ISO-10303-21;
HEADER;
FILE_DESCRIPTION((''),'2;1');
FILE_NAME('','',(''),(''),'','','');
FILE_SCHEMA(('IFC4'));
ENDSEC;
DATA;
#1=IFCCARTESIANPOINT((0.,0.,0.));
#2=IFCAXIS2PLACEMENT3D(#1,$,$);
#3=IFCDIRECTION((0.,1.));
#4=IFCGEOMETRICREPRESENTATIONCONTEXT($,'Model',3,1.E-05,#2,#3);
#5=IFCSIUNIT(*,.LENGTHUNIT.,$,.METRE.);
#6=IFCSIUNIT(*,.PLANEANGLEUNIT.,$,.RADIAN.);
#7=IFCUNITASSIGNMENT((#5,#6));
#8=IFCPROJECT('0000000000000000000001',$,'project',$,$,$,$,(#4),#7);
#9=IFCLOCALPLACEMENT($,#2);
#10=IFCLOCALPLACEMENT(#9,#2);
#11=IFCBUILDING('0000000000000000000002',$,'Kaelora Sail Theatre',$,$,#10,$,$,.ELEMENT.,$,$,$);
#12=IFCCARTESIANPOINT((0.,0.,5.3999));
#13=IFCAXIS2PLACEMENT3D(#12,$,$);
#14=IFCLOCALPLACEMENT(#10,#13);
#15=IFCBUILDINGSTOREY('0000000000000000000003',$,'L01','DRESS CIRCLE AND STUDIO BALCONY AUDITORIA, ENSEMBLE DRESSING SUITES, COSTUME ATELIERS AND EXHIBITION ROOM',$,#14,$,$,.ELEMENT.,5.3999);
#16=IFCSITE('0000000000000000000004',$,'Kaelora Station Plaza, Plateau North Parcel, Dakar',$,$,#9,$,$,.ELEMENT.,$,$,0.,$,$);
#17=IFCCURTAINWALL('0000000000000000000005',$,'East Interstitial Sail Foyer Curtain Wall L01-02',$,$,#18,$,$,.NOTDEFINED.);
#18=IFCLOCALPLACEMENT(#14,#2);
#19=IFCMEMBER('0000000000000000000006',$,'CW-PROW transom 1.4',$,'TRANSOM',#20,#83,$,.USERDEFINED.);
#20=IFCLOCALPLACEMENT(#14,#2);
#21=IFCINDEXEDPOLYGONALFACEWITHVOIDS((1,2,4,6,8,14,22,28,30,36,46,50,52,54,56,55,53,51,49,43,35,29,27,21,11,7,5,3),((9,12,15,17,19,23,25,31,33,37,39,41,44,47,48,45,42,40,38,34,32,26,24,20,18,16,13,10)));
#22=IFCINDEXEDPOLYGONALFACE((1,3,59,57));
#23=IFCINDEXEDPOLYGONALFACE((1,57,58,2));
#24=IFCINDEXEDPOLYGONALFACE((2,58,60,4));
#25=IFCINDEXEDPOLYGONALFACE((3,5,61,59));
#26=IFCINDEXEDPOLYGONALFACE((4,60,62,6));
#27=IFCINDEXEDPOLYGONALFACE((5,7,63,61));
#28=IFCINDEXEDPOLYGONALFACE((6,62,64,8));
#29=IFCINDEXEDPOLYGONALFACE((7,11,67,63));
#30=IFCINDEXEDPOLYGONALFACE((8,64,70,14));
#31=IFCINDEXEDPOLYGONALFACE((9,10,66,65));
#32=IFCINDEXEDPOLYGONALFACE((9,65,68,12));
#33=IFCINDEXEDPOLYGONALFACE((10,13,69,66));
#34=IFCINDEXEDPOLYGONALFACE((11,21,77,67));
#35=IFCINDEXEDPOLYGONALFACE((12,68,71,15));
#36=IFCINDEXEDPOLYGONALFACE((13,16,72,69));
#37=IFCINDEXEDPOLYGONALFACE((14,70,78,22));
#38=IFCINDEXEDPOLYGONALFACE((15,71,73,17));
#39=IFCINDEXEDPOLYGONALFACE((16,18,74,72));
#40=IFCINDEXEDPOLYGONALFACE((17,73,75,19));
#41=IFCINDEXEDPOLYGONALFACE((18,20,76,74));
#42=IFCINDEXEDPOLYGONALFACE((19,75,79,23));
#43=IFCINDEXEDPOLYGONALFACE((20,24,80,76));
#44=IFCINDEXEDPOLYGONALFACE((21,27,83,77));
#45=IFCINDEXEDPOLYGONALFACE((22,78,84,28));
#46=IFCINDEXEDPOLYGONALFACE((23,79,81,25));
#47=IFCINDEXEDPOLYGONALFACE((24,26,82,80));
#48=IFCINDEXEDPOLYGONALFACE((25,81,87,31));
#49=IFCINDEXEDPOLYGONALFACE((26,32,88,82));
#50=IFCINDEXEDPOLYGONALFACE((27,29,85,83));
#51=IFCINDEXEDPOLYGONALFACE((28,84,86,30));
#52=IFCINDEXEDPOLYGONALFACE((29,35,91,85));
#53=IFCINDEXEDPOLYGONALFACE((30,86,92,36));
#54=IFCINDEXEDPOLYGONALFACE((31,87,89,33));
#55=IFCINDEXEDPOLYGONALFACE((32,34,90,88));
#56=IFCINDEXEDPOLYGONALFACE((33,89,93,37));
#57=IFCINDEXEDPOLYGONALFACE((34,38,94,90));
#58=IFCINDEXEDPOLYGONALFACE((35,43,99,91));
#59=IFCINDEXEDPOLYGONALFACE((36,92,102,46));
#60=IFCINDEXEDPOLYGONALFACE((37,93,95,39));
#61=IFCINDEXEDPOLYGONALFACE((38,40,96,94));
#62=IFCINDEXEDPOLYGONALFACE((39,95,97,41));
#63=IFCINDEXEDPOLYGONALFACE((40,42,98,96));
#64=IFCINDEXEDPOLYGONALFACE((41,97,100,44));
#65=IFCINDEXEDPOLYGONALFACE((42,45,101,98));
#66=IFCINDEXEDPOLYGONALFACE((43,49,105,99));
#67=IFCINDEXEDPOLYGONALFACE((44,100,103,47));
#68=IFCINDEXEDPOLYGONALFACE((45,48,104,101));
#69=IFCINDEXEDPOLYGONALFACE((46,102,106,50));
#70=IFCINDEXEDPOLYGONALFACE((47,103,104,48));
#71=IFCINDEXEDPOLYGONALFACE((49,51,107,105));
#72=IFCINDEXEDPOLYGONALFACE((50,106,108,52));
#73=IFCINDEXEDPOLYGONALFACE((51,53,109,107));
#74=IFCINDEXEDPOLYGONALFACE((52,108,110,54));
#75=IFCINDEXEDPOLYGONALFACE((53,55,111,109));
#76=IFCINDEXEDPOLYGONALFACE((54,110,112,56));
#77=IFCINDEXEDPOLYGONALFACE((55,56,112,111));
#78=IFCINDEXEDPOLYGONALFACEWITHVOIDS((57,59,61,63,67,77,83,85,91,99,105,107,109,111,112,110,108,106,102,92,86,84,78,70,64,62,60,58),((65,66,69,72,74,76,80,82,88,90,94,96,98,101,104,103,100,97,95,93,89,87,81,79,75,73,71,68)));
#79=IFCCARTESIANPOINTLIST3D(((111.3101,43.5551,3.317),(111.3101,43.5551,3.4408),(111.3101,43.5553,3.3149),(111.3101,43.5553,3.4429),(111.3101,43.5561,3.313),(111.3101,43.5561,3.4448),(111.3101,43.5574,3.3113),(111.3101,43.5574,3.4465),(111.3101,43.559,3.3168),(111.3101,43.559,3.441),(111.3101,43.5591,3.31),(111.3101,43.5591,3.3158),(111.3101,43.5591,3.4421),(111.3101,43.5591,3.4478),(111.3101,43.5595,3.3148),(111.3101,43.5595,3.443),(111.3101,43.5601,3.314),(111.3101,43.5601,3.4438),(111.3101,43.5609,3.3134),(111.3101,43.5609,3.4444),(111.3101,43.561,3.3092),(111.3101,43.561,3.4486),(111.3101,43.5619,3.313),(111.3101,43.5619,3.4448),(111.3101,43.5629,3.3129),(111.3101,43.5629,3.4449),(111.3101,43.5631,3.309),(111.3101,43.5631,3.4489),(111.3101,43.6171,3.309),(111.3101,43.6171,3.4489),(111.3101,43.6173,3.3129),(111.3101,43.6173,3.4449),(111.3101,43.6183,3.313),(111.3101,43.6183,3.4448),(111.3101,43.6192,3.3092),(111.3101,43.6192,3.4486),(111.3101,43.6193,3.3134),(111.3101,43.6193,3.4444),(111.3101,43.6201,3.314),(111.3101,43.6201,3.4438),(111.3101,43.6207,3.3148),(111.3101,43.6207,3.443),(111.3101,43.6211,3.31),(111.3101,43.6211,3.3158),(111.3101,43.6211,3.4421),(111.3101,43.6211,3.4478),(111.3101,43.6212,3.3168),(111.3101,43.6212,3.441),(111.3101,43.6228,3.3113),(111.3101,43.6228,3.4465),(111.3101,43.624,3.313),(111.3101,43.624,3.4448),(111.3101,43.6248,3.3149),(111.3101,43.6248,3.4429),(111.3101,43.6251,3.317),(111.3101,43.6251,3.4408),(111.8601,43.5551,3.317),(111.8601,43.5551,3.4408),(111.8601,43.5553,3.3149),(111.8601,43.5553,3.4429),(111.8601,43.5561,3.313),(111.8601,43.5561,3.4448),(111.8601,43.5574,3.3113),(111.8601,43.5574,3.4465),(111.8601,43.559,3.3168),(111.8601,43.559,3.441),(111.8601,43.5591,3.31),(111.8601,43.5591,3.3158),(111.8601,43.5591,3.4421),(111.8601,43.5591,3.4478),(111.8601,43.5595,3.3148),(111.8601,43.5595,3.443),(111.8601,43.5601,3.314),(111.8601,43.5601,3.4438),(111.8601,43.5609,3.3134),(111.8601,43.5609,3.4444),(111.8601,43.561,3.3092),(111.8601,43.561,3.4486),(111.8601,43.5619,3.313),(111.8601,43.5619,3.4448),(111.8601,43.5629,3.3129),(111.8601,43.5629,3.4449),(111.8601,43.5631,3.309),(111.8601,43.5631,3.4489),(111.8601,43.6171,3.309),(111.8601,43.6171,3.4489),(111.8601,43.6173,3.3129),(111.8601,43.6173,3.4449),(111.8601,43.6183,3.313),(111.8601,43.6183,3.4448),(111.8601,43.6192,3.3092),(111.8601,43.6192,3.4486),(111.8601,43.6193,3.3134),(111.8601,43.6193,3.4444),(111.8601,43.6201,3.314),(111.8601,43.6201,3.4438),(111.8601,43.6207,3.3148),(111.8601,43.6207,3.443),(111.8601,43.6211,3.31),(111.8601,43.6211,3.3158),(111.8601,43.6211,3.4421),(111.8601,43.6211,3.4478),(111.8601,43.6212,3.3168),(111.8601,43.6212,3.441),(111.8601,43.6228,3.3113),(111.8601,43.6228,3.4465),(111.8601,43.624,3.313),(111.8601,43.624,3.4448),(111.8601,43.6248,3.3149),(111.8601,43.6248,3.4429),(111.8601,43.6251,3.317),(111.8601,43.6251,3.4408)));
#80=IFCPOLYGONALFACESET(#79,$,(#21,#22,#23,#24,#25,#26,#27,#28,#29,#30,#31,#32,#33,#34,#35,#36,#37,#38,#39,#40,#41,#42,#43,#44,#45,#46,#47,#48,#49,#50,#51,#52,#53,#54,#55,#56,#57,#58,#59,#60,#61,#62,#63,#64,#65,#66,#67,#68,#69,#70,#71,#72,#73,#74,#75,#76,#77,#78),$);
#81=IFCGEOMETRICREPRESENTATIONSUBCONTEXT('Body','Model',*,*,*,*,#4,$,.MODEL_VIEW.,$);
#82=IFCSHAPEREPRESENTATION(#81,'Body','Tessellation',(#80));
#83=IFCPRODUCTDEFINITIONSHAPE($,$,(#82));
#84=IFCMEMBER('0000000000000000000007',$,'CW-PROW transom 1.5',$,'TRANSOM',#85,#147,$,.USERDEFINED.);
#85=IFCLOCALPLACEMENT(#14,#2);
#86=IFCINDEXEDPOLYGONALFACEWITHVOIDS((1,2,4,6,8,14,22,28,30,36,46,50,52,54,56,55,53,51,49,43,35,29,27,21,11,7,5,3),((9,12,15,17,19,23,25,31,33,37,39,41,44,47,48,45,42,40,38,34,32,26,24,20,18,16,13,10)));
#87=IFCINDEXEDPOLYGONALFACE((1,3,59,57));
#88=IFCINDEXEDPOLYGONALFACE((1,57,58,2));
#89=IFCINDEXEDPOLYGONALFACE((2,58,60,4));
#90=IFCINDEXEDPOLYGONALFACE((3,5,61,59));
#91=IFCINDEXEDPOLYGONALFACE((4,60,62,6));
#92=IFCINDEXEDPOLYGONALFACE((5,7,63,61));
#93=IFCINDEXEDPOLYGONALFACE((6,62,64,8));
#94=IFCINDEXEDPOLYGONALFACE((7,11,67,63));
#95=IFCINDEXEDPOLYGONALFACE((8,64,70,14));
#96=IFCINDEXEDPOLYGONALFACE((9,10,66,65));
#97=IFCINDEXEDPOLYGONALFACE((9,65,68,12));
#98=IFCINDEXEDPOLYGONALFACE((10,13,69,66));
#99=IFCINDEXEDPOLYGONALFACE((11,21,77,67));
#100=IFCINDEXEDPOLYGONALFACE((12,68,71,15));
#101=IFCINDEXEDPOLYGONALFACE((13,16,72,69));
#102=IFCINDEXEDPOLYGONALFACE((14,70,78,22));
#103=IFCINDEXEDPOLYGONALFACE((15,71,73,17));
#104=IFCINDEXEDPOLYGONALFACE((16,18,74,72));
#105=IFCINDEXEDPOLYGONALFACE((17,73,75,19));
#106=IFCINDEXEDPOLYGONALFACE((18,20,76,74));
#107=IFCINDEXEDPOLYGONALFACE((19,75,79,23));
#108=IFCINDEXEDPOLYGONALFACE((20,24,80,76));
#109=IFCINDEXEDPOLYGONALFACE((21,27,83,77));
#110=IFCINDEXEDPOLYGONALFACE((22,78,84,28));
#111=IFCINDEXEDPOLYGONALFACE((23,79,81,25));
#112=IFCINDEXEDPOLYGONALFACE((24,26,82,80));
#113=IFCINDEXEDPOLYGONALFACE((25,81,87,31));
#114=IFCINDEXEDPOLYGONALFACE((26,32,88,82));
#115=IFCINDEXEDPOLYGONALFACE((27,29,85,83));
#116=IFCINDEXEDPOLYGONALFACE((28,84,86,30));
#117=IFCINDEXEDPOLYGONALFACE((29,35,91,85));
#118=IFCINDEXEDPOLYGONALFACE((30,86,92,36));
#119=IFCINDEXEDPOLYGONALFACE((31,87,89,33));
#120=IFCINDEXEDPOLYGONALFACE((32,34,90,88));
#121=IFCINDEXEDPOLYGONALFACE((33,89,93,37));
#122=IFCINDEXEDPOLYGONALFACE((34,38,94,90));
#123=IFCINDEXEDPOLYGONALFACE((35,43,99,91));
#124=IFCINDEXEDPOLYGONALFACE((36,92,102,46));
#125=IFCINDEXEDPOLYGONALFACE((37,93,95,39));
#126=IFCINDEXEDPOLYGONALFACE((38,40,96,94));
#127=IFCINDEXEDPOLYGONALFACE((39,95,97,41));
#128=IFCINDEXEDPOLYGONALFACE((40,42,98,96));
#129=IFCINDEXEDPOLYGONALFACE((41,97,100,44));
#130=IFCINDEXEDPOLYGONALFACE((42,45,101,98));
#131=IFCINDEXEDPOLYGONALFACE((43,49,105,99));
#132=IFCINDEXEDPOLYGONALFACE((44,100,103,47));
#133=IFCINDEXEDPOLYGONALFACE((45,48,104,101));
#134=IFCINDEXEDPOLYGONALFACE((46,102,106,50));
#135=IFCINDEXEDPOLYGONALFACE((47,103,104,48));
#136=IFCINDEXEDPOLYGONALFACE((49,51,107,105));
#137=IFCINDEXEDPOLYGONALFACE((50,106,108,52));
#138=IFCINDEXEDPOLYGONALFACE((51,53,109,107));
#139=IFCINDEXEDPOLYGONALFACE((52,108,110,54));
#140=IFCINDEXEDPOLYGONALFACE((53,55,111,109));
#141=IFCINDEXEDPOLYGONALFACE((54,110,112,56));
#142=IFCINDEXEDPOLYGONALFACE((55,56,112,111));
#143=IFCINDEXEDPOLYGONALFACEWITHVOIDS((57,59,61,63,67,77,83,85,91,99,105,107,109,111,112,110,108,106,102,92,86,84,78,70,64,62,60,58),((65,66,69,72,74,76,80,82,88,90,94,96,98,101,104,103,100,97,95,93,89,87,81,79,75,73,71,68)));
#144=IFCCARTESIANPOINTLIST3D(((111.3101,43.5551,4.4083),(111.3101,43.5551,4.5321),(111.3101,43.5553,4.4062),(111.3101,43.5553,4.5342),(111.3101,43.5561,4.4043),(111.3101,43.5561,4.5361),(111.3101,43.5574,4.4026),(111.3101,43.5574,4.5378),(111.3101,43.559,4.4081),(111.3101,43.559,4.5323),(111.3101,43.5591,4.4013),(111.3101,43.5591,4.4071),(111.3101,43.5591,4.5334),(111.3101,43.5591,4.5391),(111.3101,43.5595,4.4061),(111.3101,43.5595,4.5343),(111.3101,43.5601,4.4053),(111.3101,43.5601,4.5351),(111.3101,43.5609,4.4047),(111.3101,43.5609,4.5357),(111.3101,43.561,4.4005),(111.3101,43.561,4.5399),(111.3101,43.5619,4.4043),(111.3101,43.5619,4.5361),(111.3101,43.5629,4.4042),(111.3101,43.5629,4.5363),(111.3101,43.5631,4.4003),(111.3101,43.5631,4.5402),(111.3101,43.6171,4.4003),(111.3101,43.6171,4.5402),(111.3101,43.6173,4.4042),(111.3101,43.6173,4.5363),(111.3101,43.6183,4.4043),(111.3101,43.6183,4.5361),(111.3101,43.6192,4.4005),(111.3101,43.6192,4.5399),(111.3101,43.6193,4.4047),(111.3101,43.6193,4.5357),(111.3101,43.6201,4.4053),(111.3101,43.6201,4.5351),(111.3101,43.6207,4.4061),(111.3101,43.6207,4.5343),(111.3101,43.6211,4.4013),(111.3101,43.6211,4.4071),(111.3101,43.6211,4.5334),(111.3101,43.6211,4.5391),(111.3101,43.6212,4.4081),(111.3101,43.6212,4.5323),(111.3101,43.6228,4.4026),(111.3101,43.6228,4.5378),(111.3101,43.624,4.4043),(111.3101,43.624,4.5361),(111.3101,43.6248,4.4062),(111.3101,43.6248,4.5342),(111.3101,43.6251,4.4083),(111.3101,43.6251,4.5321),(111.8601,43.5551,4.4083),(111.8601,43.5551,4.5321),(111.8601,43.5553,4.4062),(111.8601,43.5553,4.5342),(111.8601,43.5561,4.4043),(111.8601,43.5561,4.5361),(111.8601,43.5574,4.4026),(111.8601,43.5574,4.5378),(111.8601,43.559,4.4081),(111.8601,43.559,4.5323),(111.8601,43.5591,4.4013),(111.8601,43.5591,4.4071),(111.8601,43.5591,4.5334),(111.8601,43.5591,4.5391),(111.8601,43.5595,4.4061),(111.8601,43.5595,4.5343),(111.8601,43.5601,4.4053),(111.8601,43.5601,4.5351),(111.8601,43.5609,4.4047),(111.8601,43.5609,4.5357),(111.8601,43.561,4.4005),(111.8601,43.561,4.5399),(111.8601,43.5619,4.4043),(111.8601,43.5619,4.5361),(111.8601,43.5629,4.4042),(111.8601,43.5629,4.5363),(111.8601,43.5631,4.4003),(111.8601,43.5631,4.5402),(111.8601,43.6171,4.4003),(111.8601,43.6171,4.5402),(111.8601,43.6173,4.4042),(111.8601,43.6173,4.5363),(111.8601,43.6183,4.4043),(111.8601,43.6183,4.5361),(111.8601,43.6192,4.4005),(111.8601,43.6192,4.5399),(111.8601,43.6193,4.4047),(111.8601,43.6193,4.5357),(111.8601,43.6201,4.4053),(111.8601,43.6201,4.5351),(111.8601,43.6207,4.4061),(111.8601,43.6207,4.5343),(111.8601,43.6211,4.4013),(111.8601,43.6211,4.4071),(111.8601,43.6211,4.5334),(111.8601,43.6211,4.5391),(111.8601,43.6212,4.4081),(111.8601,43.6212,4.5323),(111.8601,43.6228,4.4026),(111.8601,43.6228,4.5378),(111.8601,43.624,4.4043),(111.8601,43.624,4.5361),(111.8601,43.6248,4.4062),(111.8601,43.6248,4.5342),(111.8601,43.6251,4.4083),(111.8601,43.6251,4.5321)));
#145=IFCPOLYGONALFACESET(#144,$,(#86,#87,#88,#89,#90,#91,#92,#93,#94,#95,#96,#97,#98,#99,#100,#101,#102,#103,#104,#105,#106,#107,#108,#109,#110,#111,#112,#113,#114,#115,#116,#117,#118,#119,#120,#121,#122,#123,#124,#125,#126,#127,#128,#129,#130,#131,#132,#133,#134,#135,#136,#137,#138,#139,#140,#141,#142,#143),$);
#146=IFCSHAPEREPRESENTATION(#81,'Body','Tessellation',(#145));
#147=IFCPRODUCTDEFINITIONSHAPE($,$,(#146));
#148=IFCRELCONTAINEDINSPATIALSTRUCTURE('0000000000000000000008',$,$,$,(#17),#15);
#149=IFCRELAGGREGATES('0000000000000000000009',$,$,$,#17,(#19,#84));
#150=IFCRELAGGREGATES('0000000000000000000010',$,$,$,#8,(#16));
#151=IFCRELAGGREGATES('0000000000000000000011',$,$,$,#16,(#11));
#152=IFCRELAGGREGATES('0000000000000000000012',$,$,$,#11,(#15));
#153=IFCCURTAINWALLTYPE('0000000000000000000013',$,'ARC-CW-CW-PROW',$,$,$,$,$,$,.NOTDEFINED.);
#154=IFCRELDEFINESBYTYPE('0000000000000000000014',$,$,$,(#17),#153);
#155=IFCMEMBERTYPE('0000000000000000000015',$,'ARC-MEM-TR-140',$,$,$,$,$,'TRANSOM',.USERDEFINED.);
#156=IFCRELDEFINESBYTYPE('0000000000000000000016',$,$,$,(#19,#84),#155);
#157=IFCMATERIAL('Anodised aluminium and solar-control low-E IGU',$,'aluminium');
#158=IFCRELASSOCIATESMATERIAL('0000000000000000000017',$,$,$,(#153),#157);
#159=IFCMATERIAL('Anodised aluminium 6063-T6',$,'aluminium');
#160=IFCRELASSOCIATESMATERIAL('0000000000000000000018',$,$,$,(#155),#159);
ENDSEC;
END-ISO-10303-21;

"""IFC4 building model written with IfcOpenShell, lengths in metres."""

from ifc_helpers import new_model, si_unit, direction, frame, origin, origin_2d, place, context, subcontext, project, spatial, hollow_rectangle, extrude, material, material_profile, profile_set, type_object, element, aggregate, save


model = new_model("IFC4")

# Units and contexts
model_context = context("Model", 3, precision=1e-05, world=origin(), true_north=direction((0.0, 1.0)))
body_context = subcontext(model_context, "Body", "Model", "MODEL_VIEW")
ifc_project = project(units=[si_unit("LENGTHUNIT", "METRE"), si_unit("PLANEANGLEUNIT", "RADIAN")], contexts=[model_context])

# Site, building, storey
site_placement = place(None, origin())
site = spatial("IfcSite", under=ifc_project, at=site_placement, Name="Kaelora Station Plaza, Plateau North Parcel, Dakar", CompositionType="ELEMENT", RefElevation=0.0)
building_placement = place(site_placement, origin())
building = spatial("IfcBuilding", under=site, at=building_placement, Name="Kaelora Sail Theatre", CompositionType="ELEMENT")
storey_placement = place(building_placement, frame((0.0, 0.0, 5.3999)))
storey = spatial("IfcBuildingStorey", under=building, at=storey_placement, Name="L01", Description="DRESS CIRCLE AND STUDIO BALCONY AUDITORIA, ENSEMBLE DRESSING SUITES, COSTUME ATELIERS AND EXHIBITION ROOM", CompositionType="ELEMENT", Elevation=5.3999)

# Shared definitions
ifc_material_1 = material(Name="Anodised aluminium and solar-control low-E IGU", Category="aluminium")
curtain_wall_type = type_object("IfcCurtainWallType", Name="ARC-CW-CW-PROW", PredefinedType="NOTDEFINED", material=ifc_material_1)

# Curtain wall, members
curtain_wall_1_placement = place(storey_placement, origin())
curtain_wall_1 = element("IfcCurtainWall", 1, at=curtain_wall_1_placement, inside=storey, type_object=curtain_wall_type, Name="East Interstitial Sail Foyer Curtain Wall L01-02", PredefinedType="NOTDEFINED")
ifc_material_2 = material(Name="Anodised aluminium 6063-T6", Category="aluminium")
ifc_material_profile_1 = material_profile(ifc_material_2, hollow_rectangle(XDim=0.0701, YDim=0.1399, WallThickness=0.0039, InnerFilletRadius=0.0039, OuterFilletRadius=0.0081, at=origin_2d()), Name="ALU-TRAN 70x140x4")
ifc_profile_set_1 = profile_set([ifc_material_profile_1], Name="Anodised aluminium 6063-T6")
member_type_1 = type_object("IfcMemberType", Name="ARC-MEM-TR-140", ElementType="TRANSOM", PredefinedType="USERDEFINED", material=ifc_profile_set_1)
member_1_placement = place(storey_placement, frame((111.3101, 43.5901, 3.3789), z_axis=(1.0, 0.0, 0.0), x_axis=(0.0, 1.0, 0.0)))
member_1 = element("IfcMember", 2, at=member_1_placement, type_object=member_type_1, Name="CW-PROW transom 1.4", ObjectType="TRANSOM", PredefinedType="USERDEFINED", context=body_context, shape_type="SweptSolid", body=[
    extrude(hollow_rectangle(XDim=0.0701, YDim=0.1399, WallThickness=0.0039, InnerFilletRadius=0.0039, OuterFilletRadius=0.0081, at=origin_2d()), origin(), (0.0, 0.0, 1.0), 0.55),
])
member_2_placement = place(storey_placement, frame((111.3101, 43.5901, 4.4702), z_axis=(1.0, 0.0, 0.0), x_axis=(0.0, 1.0, 0.0)))
member_2 = element("IfcMember", 3, at=member_2_placement, type_object=member_type_1, Name="CW-PROW transom 1.5", ObjectType="TRANSOM", PredefinedType="USERDEFINED", context=body_context, shape_type="SweptSolid", body=[
    extrude(hollow_rectangle(XDim=0.0701, YDim=0.1399, WallThickness=0.0039, InnerFilletRadius=0.0039, OuterFilletRadius=0.0081, at=origin_2d()), origin(), (0.0, 0.0, 1.0), 0.55),
])

aggregate(curtain_wall_1, [member_1, member_2])

save(model, "model.ifc")
